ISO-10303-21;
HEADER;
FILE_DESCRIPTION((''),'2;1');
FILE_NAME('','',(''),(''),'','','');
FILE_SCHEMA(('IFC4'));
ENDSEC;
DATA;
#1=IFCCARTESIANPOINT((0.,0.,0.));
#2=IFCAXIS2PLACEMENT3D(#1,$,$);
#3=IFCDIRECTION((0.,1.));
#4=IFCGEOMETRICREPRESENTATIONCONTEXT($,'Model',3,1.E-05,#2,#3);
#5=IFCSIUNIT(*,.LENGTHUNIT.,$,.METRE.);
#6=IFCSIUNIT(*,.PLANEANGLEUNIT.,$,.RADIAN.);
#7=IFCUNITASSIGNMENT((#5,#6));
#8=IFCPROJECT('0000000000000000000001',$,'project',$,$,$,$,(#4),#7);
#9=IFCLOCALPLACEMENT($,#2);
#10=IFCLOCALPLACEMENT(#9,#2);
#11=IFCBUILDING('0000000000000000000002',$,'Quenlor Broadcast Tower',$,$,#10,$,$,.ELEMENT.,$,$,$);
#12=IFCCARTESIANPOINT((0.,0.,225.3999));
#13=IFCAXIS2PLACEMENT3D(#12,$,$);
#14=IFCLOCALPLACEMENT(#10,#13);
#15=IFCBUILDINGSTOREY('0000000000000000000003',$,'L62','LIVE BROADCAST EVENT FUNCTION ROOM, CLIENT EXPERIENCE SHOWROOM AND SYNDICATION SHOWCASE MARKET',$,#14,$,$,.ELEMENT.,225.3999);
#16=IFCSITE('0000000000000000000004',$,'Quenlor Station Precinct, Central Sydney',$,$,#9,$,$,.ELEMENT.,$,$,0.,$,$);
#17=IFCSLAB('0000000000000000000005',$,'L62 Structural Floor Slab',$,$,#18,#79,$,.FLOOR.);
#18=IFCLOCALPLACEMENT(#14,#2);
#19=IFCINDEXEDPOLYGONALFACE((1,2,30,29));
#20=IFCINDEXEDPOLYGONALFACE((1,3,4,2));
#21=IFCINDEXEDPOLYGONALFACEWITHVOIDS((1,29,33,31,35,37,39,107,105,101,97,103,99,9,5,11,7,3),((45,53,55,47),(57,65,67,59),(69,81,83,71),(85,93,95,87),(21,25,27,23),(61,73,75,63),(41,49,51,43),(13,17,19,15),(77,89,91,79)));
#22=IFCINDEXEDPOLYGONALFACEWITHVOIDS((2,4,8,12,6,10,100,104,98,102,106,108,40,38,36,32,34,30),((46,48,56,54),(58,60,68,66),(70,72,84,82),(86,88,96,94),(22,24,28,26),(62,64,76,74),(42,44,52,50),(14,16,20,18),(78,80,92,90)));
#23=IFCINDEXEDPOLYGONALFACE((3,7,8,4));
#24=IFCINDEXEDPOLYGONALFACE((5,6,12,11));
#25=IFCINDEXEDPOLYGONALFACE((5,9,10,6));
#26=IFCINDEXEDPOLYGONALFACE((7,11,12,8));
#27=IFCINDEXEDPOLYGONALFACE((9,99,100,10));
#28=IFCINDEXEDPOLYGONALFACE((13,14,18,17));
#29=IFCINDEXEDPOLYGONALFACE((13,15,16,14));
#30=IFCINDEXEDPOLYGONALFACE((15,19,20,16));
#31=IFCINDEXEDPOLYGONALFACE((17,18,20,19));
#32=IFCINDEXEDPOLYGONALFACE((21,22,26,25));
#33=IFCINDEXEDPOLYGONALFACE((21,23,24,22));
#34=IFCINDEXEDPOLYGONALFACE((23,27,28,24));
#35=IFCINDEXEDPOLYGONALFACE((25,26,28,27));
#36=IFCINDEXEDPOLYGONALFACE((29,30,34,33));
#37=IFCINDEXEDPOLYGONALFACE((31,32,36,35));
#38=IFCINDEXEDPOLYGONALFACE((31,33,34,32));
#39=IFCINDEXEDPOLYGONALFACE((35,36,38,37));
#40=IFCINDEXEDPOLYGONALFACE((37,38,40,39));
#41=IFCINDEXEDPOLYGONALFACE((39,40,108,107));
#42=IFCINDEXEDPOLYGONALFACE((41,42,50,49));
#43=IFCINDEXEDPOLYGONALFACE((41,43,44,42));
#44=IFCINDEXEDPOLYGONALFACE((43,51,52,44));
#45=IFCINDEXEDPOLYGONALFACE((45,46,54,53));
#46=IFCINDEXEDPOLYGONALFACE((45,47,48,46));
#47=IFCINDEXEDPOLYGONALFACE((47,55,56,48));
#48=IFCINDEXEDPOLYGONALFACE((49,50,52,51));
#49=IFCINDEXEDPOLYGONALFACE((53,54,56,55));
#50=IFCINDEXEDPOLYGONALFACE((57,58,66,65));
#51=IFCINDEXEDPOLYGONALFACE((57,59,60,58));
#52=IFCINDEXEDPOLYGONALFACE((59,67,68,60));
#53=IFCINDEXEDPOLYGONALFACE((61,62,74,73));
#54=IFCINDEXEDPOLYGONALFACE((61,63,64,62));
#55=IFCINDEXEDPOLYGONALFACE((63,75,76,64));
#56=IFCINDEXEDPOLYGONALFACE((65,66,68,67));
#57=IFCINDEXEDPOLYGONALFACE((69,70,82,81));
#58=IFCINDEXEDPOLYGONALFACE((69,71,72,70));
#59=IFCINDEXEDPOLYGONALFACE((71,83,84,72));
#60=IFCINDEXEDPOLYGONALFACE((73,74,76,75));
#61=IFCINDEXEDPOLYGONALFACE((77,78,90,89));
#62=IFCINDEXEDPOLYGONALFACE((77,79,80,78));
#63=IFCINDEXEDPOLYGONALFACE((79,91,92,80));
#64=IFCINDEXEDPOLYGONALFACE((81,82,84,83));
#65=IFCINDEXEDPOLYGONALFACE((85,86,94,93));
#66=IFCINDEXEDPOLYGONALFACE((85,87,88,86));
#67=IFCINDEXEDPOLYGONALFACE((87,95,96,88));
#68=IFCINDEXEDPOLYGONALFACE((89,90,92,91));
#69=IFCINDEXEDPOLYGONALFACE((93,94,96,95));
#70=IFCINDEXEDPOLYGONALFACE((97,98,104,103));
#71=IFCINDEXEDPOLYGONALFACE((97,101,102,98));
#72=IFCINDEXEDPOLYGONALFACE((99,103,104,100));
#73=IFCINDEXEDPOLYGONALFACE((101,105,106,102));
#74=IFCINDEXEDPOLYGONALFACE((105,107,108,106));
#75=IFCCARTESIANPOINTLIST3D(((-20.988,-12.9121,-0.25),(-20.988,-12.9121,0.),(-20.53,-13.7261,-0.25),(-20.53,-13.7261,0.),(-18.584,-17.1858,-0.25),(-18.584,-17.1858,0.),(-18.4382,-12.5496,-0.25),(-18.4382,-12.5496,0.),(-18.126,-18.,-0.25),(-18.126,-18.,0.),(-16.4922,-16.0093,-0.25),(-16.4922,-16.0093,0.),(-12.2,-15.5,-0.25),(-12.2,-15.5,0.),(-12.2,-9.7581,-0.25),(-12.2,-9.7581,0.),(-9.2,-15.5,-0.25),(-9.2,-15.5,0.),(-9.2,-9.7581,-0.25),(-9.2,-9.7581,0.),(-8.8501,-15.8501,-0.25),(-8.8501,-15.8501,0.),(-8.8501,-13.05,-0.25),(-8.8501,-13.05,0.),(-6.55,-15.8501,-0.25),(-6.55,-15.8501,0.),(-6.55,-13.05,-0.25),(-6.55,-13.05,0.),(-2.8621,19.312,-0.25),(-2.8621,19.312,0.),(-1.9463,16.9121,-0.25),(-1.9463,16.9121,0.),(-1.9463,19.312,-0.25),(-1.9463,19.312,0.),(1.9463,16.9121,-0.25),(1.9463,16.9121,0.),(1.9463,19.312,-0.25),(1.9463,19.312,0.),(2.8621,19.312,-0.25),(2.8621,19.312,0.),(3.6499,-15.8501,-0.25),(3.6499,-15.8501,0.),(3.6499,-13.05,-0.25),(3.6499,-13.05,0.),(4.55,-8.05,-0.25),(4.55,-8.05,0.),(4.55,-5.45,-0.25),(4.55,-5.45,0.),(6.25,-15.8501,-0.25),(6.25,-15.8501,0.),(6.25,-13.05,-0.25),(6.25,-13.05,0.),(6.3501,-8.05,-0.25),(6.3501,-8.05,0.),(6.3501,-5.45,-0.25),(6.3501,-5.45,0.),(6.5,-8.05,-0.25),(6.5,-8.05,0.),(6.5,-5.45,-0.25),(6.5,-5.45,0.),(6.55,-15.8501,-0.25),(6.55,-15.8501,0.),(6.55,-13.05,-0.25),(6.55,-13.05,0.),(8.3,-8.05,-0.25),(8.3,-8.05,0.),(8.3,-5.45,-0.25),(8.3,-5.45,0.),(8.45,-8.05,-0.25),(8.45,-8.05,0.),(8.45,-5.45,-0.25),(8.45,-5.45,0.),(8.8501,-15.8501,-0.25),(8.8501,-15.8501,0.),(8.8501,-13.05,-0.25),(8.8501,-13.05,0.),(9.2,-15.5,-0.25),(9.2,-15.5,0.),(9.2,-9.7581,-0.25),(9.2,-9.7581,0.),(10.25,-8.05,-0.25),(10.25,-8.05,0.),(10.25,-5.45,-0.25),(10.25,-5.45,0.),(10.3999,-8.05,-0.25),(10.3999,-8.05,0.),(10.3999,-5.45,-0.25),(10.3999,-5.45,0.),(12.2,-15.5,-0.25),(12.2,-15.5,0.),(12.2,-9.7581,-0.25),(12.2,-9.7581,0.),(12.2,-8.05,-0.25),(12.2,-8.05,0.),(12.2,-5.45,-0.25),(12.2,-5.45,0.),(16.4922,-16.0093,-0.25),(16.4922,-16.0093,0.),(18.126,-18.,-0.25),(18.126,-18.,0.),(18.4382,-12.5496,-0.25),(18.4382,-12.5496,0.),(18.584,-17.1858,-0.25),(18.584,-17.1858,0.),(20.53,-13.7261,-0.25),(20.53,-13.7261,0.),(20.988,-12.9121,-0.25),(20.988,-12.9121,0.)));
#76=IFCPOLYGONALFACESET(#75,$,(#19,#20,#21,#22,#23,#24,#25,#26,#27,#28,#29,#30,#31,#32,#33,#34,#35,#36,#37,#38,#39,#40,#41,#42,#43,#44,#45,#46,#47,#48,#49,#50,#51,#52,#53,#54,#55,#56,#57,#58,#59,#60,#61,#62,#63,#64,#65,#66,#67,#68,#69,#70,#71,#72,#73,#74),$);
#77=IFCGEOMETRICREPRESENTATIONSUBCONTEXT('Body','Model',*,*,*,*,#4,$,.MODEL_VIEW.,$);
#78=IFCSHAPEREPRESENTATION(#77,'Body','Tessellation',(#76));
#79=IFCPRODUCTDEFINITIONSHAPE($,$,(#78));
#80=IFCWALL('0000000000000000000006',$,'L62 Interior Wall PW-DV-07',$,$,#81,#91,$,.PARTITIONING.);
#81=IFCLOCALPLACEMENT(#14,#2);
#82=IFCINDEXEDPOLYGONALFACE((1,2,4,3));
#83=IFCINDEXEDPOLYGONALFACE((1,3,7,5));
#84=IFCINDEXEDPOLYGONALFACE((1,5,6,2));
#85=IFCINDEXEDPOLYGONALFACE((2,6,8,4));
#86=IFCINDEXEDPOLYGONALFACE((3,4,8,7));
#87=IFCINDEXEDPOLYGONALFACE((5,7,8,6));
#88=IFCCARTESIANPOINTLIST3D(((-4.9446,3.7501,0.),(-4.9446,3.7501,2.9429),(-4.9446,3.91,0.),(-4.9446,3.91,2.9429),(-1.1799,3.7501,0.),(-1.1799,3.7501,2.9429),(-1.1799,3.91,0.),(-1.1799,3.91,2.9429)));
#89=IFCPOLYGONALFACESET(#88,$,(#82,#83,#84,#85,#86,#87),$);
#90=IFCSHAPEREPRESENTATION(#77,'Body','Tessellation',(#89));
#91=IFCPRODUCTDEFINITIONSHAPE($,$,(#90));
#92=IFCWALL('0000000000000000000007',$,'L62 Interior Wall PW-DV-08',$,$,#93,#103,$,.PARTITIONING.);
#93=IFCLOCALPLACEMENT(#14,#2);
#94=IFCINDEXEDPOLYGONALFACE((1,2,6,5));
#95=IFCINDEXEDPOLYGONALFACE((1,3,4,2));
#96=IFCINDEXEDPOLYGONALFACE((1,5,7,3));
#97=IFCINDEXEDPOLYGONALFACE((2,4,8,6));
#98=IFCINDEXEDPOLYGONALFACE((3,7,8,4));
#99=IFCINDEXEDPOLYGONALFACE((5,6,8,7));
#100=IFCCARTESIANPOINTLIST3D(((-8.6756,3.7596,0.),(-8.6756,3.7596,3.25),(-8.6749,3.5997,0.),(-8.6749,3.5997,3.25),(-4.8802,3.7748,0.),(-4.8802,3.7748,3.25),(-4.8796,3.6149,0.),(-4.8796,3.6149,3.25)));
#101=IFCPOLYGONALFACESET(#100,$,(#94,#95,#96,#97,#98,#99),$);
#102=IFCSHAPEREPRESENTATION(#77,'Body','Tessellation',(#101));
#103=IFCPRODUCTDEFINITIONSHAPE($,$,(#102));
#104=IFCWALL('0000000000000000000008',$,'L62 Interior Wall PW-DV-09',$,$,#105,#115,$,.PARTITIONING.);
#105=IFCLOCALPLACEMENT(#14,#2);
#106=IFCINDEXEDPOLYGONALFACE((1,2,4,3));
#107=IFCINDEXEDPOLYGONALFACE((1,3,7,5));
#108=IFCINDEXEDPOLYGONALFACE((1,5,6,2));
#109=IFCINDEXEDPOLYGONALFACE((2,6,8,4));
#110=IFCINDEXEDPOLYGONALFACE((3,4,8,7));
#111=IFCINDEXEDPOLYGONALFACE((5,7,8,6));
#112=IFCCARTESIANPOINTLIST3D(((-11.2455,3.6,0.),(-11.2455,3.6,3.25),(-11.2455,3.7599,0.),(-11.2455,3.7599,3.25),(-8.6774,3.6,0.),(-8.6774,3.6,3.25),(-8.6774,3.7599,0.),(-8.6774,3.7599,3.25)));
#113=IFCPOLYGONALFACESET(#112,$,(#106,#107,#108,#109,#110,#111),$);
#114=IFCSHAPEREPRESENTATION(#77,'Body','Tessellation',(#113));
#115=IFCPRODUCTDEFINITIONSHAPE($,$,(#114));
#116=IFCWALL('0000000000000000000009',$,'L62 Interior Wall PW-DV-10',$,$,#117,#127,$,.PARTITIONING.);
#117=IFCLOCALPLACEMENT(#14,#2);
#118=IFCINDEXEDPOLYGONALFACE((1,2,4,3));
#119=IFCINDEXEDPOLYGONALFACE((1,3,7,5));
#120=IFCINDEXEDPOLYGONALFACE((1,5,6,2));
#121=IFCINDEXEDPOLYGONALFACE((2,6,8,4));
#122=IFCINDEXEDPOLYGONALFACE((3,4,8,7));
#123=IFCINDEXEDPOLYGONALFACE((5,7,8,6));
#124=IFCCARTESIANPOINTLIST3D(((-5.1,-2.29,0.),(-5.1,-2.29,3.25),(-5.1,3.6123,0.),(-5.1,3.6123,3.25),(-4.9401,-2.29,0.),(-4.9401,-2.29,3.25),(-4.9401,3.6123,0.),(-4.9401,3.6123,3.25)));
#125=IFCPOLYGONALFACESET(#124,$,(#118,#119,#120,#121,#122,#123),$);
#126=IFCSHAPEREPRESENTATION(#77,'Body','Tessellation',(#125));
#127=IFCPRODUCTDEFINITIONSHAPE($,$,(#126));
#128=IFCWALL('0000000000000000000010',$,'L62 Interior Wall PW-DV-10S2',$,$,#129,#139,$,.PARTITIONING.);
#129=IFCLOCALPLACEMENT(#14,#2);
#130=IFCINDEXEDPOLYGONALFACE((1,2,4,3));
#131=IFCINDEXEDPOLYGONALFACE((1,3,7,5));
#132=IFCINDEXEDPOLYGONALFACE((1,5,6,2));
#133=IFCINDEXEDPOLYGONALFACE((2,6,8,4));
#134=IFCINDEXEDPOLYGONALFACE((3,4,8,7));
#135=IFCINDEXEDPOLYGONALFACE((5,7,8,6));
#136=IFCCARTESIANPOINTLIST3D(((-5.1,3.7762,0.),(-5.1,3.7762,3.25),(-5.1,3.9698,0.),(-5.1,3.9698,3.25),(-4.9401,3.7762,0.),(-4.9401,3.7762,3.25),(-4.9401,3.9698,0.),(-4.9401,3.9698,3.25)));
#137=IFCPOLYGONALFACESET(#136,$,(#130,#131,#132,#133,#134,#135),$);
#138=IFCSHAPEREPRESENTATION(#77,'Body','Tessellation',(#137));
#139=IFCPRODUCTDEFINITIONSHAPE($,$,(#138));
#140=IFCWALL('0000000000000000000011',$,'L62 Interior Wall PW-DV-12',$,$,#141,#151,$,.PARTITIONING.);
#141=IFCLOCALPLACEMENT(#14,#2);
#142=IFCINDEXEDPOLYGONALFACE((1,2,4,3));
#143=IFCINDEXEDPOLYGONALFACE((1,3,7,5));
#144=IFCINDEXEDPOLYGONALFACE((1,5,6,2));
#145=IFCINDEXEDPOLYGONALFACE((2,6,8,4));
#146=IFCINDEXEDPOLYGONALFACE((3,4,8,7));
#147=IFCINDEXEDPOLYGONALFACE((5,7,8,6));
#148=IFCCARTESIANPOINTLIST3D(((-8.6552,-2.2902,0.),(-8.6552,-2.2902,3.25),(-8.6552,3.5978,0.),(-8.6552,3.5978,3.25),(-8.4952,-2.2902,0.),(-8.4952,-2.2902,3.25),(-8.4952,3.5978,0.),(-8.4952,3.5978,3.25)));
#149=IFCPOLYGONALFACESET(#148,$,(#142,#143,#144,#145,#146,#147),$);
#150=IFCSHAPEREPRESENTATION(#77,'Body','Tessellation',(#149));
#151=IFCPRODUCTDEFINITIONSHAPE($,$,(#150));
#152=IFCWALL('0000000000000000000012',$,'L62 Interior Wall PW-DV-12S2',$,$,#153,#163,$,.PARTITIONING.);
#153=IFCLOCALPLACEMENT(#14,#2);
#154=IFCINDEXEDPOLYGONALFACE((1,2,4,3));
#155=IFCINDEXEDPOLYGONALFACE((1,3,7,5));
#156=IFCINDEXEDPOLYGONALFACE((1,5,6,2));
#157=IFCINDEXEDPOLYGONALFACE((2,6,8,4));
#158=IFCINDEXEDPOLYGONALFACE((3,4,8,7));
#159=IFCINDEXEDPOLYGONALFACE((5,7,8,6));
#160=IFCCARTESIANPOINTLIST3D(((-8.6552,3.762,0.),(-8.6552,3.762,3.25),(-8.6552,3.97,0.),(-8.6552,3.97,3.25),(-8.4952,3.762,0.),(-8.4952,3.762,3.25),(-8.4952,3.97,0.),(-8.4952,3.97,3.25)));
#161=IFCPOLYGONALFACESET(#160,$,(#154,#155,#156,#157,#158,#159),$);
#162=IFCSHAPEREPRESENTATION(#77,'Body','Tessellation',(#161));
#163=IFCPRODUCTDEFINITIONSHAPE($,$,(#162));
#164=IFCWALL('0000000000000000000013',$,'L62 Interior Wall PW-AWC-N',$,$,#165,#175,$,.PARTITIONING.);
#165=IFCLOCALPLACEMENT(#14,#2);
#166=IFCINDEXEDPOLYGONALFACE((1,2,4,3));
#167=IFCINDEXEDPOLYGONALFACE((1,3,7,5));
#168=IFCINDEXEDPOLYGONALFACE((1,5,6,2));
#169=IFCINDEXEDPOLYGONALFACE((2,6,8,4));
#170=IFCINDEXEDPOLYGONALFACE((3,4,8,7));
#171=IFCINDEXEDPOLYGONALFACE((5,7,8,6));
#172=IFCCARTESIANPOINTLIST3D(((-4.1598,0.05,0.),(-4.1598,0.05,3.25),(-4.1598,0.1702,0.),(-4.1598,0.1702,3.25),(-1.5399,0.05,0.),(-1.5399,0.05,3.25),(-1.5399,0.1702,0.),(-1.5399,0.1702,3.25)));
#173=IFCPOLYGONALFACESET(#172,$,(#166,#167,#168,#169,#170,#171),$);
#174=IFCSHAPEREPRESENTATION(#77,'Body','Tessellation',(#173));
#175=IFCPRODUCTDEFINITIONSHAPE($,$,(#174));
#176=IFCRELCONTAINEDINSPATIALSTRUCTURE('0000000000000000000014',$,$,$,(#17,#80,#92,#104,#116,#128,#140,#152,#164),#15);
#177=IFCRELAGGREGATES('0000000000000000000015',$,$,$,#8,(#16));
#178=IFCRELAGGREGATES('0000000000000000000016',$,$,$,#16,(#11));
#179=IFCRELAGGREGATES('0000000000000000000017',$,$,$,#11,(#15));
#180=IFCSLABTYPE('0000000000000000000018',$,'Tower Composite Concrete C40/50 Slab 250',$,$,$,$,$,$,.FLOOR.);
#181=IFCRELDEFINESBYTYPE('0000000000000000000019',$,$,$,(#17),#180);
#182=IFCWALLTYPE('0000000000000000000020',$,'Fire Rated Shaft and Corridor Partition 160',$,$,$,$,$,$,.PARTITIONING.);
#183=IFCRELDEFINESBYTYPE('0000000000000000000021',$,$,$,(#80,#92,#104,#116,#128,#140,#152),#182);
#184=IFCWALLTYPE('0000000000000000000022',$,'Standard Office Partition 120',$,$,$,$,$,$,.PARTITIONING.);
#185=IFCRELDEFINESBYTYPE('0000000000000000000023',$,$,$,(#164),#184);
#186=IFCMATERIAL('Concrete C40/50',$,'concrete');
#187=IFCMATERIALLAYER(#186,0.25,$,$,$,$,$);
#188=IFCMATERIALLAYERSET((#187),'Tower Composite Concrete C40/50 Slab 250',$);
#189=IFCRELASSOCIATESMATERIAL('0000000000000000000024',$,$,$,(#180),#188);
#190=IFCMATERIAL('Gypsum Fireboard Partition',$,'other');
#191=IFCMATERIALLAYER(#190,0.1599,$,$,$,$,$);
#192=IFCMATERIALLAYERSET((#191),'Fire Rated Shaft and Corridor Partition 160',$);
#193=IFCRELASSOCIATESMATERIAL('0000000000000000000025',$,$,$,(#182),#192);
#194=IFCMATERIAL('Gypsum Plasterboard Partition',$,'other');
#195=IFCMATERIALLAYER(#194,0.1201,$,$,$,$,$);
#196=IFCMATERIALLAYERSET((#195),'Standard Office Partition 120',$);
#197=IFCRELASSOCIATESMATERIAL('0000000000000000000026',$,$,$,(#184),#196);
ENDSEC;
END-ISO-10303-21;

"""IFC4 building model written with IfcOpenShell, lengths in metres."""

from ifc_helpers import new_model, si_unit, direction, frame, frame_2d, origin, place, context, subcontext, project, spatial, polyline, rectangle, outline, extrude, material, layer, layer_set, type_object, element, save


model = new_model("IFC4")

# Units and contexts
model_context = context("Model", 3, precision=1e-05, world=origin(), true_north=direction((0.0, 1.0)))
body_context = subcontext(model_context, "Body", "Model", "MODEL_VIEW")
ifc_project = project(units=[si_unit("LENGTHUNIT", "METRE"), si_unit("PLANEANGLEUNIT", "RADIAN")], contexts=[model_context])

# Site, building, storey
site_placement = place(None, origin())
site = spatial("IfcSite", under=ifc_project, at=site_placement, Name="Quenlor Station Precinct, Central Sydney", CompositionType="ELEMENT", RefElevation=0.0)
building_placement = place(site_placement, origin())
building = spatial("IfcBuilding", under=site, at=building_placement, Name="Quenlor Broadcast Tower", CompositionType="ELEMENT")
storey_placement = place(building_placement, frame((0.0, 0.0, 225.3999)))
storey = spatial("IfcBuildingStorey", under=building, at=storey_placement, Name="L62", Description="LIVE BROADCAST EVENT FUNCTION ROOM, CLIENT EXPERIENCE SHOWROOM AND SYNDICATION SHOWCASE MARKET", CompositionType="ELEMENT", Elevation=225.3999)

# Slab
ifc_material_1 = material(Name="Concrete C40/50", Category="concrete")
ifc_layer_1 = layer(ifc_material_1, 0.25)
ifc_layer_set_1 = layer_set([ifc_layer_1], Name="Tower Composite Concrete C40/50 Slab 250")
slab_type = type_object("IfcSlabType", Name="Tower Composite Concrete C40/50 Slab 250", PredefinedType="FLOOR", material=ifc_layer_set_1)
slab_placement = place(storey_placement, frame((0.0, 0.0, -0.25)))
element("IfcSlab", 1, at=slab_placement, inside=storey, type_object=slab_type, Name="L62 Structural Floor Slab", PredefinedType="FLOOR", context=body_context, shape_type="SweptSolid", body=[
    extrude(outline(polyline([(18.126, -18.0), (18.584, -17.1858), (16.4922, -16.0093), (18.4382, -12.5496), (20.53, -13.7261), (20.988, -12.9121), (2.8621, 19.312), (1.9463, 19.312), (1.9463, 16.9121), (-1.9463, 16.9121), (-1.9463, 19.312), (-2.8621, 19.312), (-20.988, -12.9121), (-20.53, -13.7261), (-18.4382, -12.5496), (-16.4922, -16.0093), (-18.584, -17.1858), (-18.126, -18.0), (18.126, -18.0)]), holes=[polyline([(-12.2, -9.7581), (-12.2, -15.5), (-9.2, -15.5), (-9.2, -9.7581), (-12.2, -9.7581)]), polyline([(9.2, -9.7581), (9.2, -15.5), (12.2, -15.5), (12.2, -9.7581), (9.2, -9.7581)]), polyline([(4.55, -8.05), (6.3501, -8.05), (6.3501, -5.45), (4.55, -5.45), (4.55, -8.05)]), polyline([(6.5, -8.05), (8.3, -8.05), (8.3, -5.45), (6.5, -5.45), (6.5, -8.05)]), polyline([(8.45, -8.05), (10.25, -8.05), (10.25, -5.45), (8.45, -5.45), (8.45, -8.05)]), polyline([(10.3999, -8.05), (12.2, -8.05), (12.2, -5.45), (10.3999, -5.45), (10.3999, -8.05)]), polyline([(-8.8501, -15.8501), (-6.55, -15.8501), (-6.55, -13.05), (-8.8501, -13.05), (-8.8501, -15.8501)]), polyline([(6.55, -15.8501), (8.8501, -15.8501), (8.8501, -13.05), (6.55, -13.05), (6.55, -15.8501)]), polyline([(3.6499, -15.8501), (6.25, -15.8501), (6.25, -13.05), (3.6499, -13.05), (3.6499, -15.8501)])]), origin(), (0.0, 0.0, 1.0), 0.25),
])

# Walls
ifc_material_2 = material(Name="Gypsum Fireboard Partition", Category="other")
ifc_layer_2 = layer(ifc_material_2, 0.1599)
ifc_layer_set_2 = layer_set([ifc_layer_2], Name="Fire Rated Shaft and Corridor Partition 160")
wall_type_1 = type_object("IfcWallType", Name="Fire Rated Shaft and Corridor Partition 160", PredefinedType="PARTITIONING", material=ifc_layer_set_2)
wall_1_placement = place(storey_placement, frame((-1.1799, 3.8301, 0.0), z_axis=(0.0, 0.0, 1.0), x_axis=(-1.0, 0.0, 0.0)))
element("IfcWall", 2, at=wall_1_placement, inside=storey, type_object=wall_type_1, Name="L62 Interior Wall PW-DV-07", PredefinedType="PARTITIONING", context=body_context, shape_type="SweptSolid", body=[
    extrude(rectangle(XDim=3.7646, YDim=0.1599, at=frame_2d((1.8823, 0.0))), origin(), (0.0, 0.0, 1.0), 2.9429),
])
wall_2_placement = place(storey_placement, frame((-4.8799, 3.6948, 0.0), z_axis=(0.0, 0.0, 1.0), x_axis=(-0.999992, -0.003988, 0.0)))
element("IfcWall", 3, at=wall_2_placement, inside=storey, type_object=wall_type_1, Name="L62 Interior Wall PW-DV-08", PredefinedType="PARTITIONING", context=body_context, shape_type="SweptSolid", body=[
    extrude(rectangle(XDim=3.7954, YDim=0.1599, at=frame_2d((1.8977, 0.0))), origin(), (0.0, 0.0, 1.0), 3.25),
])
wall_3_placement = place(storey_placement, frame((-8.6772, 3.6799, 0.0), z_axis=(0.0, 0.0, 1.0), x_axis=(-1.0, 0.0, 0.0)))
element("IfcWall", 4, at=wall_3_placement, inside=storey, type_object=wall_type_1, Name="L62 Interior Wall PW-DV-09", PredefinedType="PARTITIONING", context=body_context, shape_type="SweptSolid", body=[
    extrude(rectangle(XDim=2.5681, YDim=0.1599, at=frame_2d((1.2842, 0.0))), origin(), (0.0, 0.0, 1.0), 3.25),
])
wall_4_placement = place(storey_placement, frame((-5.02, -2.29, 0.0), z_axis=(0.0, 0.0, 1.0), x_axis=(0.0, 1.0, 0.0)))
element("IfcWall", 5, at=wall_4_placement, inside=storey, type_object=wall_type_1, Name="L62 Interior Wall PW-DV-10", PredefinedType="PARTITIONING", context=body_context, shape_type="SweptSolid", body=[
    extrude(rectangle(XDim=5.9023, YDim=0.1599, at=frame_2d((2.9512, 0.0))), origin(), (0.0, 0.0, 1.0), 3.25),
])
wall_5_placement = place(storey_placement, frame((-5.02, 3.7764, 0.0), z_axis=(0.0, 0.0, 1.0), x_axis=(0.0, 1.0, 0.0)))
element("IfcWall", 6, at=wall_5_placement, inside=storey, type_object=wall_type_1, Name="L62 Interior Wall PW-DV-10S2", PredefinedType="PARTITIONING", context=body_context, shape_type="SweptSolid", body=[
    extrude(rectangle(XDim=0.1936, YDim=0.1599, at=frame_2d((0.0967, 0.0))), origin(), (0.0, 0.0, 1.0), 3.25),
])
wall_6_placement = place(storey_placement, frame((-8.5752, -2.29, 0.0), z_axis=(0.0, 0.0, 1.0), x_axis=(0.0, 1.0, 0.0)))
element("IfcWall", 7, at=wall_6_placement, inside=storey, type_object=wall_type_1, Name="L62 Interior Wall PW-DV-12", PredefinedType="PARTITIONING", context=body_context, shape_type="SweptSolid", body=[
    extrude(rectangle(XDim=5.8879, YDim=0.1599, at=frame_2d((2.9438, 0.0))), origin(), (0.0, 0.0, 1.0), 3.25),
])
wall_7_placement = place(storey_placement, frame((-8.5752, 3.762, 0.0), z_axis=(0.0, 0.0, 1.0), x_axis=(0.0, 1.0, 0.0)))
element("IfcWall", 8, at=wall_7_placement, inside=storey, type_object=wall_type_1, Name="L62 Interior Wall PW-DV-12S2", PredefinedType="PARTITIONING", context=body_context, shape_type="SweptSolid", body=[
    extrude(rectangle(XDim=0.208, YDim=0.1599, at=frame_2d((0.104, 0.0))), origin(), (0.0, 0.0, 1.0), 3.25),
])
ifc_material_3 = material(Name="Gypsum Plasterboard Partition", Category="other")
ifc_layer_3 = layer(ifc_material_3, 0.1201)
ifc_layer_set_3 = layer_set([ifc_layer_3], Name="Standard Office Partition 120")
wall_type_2 = type_object("IfcWallType", Name="Standard Office Partition 120", PredefinedType="PARTITIONING", material=ifc_layer_set_3)
wall_8_placement = place(storey_placement, frame((-4.1599, 0.1101, 0.0), z_axis=(0.0, 0.0, 1.0), x_axis=(1.0, 0.0, 0.0)))
element("IfcWall", 9, at=wall_8_placement, inside=storey, type_object=wall_type_2, Name="L62 Interior Wall PW-AWC-N", PredefinedType="PARTITIONING", context=body_context, shape_type="SweptSolid", body=[
    extrude(rectangle(XDim=2.6199, YDim=0.1201, at=frame_2d((1.3101, 0.0))), origin(), (0.0, 0.0, 1.0), 3.25),
])

save(model, "model.ifc")
